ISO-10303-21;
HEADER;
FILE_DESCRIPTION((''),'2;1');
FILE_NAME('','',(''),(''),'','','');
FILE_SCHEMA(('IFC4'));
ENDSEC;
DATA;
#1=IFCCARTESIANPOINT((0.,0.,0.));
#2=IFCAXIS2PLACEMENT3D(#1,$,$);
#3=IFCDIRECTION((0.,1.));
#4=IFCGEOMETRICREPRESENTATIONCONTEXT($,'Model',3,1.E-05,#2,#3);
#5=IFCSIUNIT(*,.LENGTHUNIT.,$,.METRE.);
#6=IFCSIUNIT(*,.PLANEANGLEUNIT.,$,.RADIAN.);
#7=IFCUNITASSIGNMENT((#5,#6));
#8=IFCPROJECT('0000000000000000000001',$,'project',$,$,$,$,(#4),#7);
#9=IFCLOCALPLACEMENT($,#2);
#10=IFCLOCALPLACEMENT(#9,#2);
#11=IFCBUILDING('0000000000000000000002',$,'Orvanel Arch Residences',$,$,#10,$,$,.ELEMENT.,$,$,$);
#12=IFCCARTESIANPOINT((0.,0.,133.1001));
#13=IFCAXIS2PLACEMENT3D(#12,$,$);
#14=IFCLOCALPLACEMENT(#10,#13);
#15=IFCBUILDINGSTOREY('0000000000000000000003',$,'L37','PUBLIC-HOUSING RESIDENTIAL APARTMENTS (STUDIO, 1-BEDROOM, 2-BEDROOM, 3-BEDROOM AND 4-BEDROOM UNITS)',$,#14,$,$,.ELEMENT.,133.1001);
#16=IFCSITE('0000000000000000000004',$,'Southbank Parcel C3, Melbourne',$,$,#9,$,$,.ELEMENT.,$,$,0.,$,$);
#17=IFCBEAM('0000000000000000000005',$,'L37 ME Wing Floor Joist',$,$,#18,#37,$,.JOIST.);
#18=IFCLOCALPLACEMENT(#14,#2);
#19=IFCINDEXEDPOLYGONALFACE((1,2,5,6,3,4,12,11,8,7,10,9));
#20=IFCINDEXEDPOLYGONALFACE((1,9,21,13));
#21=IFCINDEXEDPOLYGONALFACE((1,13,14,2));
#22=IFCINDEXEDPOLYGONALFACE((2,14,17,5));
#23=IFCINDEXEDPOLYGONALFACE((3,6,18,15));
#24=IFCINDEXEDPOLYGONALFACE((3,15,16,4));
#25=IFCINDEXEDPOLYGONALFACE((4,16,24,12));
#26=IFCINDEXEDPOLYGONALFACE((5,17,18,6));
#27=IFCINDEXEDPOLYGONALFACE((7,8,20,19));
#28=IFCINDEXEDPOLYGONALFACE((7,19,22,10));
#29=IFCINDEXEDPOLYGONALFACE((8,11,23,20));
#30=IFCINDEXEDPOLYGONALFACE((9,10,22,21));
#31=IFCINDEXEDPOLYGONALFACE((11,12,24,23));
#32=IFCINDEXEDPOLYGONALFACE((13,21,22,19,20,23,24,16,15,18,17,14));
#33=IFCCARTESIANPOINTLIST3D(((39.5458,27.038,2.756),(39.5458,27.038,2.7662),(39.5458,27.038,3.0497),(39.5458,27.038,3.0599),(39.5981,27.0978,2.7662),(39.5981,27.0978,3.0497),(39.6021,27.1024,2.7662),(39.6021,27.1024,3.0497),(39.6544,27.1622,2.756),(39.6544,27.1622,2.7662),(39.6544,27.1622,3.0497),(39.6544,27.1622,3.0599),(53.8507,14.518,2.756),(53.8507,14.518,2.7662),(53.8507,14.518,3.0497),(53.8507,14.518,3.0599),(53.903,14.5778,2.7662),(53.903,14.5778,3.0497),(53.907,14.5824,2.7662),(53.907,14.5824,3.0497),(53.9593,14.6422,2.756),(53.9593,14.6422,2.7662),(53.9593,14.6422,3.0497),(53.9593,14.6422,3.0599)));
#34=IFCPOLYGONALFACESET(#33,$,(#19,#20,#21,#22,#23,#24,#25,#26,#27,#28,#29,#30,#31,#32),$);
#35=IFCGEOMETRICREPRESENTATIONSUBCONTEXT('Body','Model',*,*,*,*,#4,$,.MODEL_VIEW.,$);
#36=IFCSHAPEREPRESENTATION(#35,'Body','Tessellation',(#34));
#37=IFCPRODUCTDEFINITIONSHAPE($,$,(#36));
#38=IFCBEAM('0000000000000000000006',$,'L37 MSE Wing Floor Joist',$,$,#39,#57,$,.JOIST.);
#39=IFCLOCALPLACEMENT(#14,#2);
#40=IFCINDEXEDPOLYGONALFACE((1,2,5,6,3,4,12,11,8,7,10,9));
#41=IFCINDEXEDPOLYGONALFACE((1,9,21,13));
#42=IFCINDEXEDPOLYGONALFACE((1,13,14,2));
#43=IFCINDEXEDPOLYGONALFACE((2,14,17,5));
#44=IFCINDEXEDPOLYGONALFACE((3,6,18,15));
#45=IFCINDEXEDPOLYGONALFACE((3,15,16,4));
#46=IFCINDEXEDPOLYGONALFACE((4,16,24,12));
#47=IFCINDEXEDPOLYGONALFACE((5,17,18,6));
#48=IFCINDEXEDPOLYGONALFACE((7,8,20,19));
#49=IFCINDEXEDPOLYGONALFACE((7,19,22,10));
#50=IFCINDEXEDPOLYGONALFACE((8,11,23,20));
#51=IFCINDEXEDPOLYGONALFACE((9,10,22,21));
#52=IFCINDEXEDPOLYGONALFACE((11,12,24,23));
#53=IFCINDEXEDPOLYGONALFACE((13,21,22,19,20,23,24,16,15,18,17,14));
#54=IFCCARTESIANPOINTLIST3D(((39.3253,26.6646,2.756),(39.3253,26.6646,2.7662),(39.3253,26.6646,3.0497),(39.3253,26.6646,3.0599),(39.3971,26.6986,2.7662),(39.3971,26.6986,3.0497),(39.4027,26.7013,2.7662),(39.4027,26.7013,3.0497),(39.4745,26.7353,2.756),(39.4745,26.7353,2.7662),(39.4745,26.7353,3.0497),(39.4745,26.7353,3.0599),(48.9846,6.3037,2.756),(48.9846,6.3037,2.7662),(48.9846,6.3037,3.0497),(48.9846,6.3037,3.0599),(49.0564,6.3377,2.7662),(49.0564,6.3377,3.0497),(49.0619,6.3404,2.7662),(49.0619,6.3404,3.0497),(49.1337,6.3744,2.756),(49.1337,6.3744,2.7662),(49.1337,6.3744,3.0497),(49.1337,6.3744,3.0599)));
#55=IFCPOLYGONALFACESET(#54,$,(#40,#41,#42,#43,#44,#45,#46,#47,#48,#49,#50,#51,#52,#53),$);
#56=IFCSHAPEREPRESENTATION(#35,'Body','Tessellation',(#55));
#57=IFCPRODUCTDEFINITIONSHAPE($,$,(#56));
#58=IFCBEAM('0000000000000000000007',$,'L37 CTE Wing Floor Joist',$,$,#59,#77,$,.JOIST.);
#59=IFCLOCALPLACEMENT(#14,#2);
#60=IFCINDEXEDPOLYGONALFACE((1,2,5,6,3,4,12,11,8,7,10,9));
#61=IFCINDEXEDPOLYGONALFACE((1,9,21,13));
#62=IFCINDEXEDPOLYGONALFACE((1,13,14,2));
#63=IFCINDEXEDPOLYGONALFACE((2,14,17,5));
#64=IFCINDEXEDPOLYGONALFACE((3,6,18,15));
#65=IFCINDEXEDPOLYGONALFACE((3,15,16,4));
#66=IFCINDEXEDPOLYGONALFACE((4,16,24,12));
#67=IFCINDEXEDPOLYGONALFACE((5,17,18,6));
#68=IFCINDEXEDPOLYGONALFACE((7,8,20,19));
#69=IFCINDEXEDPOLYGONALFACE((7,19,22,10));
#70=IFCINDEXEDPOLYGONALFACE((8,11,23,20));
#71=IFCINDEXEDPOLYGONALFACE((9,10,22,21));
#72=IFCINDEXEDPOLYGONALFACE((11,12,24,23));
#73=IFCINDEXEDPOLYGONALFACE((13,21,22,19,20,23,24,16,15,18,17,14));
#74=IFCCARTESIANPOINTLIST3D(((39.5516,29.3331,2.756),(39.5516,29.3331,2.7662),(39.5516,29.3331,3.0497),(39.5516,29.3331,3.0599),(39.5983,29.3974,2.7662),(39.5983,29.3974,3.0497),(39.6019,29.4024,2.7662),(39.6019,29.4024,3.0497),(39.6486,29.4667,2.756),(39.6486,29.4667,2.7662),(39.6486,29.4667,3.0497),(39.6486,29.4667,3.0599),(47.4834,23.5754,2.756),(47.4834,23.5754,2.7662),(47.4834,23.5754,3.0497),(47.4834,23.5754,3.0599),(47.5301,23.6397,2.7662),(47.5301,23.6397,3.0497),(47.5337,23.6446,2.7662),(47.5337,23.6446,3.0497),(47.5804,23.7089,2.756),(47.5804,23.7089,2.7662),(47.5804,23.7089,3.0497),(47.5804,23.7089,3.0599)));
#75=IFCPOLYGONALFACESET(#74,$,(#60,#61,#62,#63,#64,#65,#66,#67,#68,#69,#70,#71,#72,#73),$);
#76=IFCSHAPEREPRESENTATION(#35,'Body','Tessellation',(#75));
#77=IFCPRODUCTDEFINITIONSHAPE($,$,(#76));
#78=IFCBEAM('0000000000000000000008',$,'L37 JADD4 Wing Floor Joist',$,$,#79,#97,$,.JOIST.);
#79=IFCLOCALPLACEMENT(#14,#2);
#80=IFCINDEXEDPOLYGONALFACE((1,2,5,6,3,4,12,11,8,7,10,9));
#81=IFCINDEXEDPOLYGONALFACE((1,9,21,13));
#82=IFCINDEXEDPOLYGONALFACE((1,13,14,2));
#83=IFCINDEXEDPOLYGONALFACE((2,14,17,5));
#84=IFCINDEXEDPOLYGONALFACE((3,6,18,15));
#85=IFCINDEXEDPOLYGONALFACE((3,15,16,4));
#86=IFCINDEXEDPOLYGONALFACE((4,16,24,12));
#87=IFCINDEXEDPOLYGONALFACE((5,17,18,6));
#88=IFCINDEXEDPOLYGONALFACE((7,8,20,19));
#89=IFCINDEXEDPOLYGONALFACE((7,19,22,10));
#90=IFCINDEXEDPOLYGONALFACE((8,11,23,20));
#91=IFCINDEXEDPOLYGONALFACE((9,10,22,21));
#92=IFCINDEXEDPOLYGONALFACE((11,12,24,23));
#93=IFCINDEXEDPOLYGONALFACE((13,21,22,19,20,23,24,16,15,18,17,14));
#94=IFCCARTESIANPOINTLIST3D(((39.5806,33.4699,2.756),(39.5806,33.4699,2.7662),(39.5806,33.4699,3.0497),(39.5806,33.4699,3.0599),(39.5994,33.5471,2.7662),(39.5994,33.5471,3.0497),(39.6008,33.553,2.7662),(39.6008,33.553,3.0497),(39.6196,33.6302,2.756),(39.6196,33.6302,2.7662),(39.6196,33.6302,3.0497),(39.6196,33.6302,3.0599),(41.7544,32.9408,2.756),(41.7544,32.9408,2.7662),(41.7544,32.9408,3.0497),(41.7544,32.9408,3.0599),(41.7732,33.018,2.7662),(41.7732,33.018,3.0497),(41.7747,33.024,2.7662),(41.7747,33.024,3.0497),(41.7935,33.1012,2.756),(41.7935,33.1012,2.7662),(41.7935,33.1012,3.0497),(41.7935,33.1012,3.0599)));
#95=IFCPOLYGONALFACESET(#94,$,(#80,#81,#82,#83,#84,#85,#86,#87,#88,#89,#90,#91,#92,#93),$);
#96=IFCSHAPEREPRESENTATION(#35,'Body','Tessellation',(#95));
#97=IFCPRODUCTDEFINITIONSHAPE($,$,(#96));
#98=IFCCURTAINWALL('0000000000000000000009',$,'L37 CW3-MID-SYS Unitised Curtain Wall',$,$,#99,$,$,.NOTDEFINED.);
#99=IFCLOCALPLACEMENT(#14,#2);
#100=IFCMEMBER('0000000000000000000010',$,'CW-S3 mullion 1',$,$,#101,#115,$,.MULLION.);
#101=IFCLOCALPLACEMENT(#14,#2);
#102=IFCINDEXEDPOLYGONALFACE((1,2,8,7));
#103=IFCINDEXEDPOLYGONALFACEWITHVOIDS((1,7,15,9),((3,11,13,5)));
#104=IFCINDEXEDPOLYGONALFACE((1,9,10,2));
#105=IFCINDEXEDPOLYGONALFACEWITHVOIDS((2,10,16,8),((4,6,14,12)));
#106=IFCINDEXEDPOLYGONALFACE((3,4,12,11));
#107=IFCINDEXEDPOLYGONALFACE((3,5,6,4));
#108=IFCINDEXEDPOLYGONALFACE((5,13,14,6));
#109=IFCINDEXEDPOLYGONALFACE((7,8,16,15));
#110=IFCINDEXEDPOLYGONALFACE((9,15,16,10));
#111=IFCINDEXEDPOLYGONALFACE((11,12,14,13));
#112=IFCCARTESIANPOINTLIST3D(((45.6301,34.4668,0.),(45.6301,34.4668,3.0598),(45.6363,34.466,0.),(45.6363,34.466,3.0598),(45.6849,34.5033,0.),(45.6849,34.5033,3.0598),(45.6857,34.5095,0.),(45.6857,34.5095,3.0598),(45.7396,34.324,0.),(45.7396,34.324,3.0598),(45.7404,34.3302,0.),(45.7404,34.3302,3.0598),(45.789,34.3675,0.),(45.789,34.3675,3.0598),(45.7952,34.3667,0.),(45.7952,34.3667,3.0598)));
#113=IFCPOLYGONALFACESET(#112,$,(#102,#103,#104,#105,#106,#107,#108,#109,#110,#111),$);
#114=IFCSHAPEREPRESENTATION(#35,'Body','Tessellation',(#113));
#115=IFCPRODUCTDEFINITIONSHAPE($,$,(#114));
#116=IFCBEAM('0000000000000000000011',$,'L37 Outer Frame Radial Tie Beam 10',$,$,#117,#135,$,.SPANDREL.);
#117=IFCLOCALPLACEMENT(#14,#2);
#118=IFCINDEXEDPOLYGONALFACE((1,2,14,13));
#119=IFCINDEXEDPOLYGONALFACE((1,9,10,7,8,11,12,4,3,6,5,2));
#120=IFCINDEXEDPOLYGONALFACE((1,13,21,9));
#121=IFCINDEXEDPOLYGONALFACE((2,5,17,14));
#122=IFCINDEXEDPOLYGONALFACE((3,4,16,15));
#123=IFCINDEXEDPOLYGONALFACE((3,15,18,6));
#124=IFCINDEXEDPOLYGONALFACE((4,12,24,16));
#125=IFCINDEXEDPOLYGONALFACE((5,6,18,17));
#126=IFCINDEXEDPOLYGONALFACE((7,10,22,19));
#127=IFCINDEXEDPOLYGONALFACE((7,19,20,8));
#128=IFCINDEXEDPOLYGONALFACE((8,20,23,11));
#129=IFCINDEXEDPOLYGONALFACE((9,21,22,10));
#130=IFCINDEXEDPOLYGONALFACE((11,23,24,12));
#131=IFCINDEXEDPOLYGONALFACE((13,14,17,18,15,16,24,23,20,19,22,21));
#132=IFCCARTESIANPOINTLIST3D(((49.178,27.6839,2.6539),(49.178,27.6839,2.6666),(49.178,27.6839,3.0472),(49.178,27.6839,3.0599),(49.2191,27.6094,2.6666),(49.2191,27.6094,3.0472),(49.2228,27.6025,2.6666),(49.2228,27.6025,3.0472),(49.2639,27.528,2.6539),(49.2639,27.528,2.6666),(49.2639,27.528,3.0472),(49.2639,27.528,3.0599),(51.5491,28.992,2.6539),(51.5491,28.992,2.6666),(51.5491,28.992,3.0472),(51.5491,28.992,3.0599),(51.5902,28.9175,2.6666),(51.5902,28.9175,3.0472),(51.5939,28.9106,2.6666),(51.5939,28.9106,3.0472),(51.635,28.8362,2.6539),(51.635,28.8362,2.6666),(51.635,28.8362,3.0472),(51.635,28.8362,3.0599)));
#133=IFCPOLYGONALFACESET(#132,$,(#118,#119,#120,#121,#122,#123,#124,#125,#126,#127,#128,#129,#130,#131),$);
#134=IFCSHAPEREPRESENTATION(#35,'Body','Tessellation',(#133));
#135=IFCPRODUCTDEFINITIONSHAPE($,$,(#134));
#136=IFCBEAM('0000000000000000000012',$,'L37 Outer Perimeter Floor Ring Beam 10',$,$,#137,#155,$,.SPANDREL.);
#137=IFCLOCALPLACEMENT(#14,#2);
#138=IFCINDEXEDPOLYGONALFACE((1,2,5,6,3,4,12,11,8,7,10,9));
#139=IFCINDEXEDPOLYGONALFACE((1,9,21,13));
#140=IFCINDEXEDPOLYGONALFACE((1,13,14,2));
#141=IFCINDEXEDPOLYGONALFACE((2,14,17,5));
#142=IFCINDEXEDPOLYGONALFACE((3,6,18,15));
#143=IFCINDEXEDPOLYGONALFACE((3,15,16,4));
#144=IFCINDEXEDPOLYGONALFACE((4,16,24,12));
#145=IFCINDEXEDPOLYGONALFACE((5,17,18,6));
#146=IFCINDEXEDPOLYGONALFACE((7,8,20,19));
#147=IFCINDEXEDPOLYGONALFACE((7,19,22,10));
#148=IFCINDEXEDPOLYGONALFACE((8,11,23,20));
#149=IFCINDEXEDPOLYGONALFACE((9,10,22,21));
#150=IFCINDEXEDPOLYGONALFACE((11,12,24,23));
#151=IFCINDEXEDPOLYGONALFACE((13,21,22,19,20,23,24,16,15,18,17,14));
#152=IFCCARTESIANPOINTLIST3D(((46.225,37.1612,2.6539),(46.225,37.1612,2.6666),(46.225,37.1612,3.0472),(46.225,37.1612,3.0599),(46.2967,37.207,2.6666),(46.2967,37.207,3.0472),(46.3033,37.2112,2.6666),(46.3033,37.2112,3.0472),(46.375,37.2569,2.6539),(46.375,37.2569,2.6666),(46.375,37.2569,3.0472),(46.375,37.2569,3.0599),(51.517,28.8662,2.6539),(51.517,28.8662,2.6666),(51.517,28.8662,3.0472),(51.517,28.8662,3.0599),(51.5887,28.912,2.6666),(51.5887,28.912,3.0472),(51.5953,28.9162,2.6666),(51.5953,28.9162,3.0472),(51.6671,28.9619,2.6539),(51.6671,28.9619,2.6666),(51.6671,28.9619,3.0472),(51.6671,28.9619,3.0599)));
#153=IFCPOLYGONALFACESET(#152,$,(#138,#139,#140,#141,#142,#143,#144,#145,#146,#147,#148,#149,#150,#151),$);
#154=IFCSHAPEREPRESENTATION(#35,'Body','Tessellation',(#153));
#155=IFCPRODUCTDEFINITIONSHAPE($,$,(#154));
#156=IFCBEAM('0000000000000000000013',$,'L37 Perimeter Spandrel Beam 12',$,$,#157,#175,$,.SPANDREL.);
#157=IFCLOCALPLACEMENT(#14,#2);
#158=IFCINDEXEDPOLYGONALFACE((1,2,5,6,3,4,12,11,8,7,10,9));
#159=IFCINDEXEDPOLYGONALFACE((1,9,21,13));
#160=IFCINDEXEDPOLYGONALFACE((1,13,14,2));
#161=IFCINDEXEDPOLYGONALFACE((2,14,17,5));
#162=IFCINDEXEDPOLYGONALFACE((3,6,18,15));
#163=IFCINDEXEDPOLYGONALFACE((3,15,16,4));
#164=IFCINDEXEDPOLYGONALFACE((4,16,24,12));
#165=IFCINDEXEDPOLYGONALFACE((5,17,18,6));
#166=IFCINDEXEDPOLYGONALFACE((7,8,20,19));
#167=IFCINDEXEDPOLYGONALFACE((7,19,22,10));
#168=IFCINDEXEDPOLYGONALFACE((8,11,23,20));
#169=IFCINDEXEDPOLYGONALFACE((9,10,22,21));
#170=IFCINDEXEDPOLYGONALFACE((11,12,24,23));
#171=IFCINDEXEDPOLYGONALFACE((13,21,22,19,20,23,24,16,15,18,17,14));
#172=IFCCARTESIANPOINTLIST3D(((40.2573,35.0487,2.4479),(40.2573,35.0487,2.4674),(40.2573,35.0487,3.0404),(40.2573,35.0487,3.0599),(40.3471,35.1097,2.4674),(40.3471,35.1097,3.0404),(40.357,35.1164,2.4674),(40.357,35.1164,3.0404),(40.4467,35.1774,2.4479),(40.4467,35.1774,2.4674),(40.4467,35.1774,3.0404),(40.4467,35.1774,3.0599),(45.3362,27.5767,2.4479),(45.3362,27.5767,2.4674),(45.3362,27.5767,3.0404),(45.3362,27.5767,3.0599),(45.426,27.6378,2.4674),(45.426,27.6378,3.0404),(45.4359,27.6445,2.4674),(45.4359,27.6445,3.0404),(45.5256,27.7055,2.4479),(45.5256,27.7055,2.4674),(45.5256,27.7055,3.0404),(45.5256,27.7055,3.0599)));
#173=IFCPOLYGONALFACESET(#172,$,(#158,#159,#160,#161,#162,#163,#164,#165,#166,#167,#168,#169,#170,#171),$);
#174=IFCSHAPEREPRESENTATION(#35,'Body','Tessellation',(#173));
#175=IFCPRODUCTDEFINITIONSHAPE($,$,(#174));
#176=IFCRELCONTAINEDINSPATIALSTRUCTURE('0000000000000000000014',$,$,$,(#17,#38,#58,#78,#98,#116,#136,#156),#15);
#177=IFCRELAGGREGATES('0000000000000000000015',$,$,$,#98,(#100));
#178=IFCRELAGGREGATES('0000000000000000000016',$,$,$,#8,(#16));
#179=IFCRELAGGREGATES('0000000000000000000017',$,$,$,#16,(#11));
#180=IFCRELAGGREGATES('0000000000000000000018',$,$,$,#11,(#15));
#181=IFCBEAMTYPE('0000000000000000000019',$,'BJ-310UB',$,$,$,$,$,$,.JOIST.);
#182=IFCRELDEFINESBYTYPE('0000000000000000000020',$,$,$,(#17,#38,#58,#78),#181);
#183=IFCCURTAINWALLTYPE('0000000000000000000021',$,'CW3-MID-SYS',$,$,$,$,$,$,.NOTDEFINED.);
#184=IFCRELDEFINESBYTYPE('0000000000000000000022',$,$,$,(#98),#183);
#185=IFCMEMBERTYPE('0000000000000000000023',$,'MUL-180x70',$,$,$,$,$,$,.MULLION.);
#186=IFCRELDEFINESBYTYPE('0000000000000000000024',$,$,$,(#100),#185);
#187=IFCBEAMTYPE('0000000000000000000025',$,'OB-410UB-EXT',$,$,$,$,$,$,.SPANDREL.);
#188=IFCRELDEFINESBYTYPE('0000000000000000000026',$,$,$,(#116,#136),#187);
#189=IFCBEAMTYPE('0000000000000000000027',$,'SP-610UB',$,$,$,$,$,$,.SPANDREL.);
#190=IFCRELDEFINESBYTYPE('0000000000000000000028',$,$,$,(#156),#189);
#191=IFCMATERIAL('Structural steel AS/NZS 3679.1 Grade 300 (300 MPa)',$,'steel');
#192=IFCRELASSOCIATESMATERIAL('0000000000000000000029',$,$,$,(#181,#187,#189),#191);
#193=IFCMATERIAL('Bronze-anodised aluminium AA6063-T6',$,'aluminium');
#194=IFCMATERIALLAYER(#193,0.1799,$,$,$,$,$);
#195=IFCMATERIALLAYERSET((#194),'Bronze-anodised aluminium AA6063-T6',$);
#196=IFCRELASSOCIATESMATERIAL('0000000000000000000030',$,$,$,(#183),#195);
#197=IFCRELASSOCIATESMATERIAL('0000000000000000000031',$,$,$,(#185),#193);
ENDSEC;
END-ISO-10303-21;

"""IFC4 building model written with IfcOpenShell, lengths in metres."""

from ifc_helpers import new_model, si_unit, direction, frame, origin, origin_2d, place, context, subcontext, project, spatial, hollow_rectangle, i_section, extrude, material, layer, layer_set, material_profile, profile_set, type_object, element, aggregate, save


model = new_model("IFC4")

# Units and contexts
model_context = context("Model", 3, precision=1e-05, world=origin(), true_north=direction((0.0, 1.0)))
body_context = subcontext(model_context, "Body", "Model", "MODEL_VIEW")
ifc_project = project(units=[si_unit("LENGTHUNIT", "METRE"), si_unit("PLANEANGLEUNIT", "RADIAN")], contexts=[model_context])

# Site, building, storey
site_placement = place(None, origin())
site = spatial("IfcSite", under=ifc_project, at=site_placement, Name="Southbank Parcel C3, Melbourne", CompositionType="ELEMENT", RefElevation=0.0)
building_placement = place(site_placement, origin())
building = spatial("IfcBuilding", under=site, at=building_placement, Name="Orvanel Arch Residences", CompositionType="ELEMENT")
storey_placement = place(building_placement, frame((0.0, 0.0, 133.1001)))
storey = spatial("IfcBuildingStorey", under=building, at=storey_placement, Name="L37", Description="PUBLIC-HOUSING RESIDENTIAL APARTMENTS (STUDIO, 1-BEDROOM, 2-BEDROOM, 3-BEDROOM AND 4-BEDROOM UNITS)", CompositionType="ELEMENT", Elevation=133.1001)

# Beams
ifc_material_1 = material(Name="Structural steel AS/NZS 3679.1 Grade 300 (300 MPa)", Category="steel")
ifc_material_profile_1 = material_profile(ifc_material_1, i_section(OverallWidth=0.165, OverallDepth=0.304, WebThickness=0.0061, FlangeThickness=0.0103, at=origin_2d()), Name="310UB40.4")
ifc_profile_set_1 = profile_set([ifc_material_profile_1], Name="Structural steel AS/NZS 3679.1 Grade 300 (300 MPa)")
beam_type_1 = type_object("IfcBeamType", Name="BJ-310UB", PredefinedType="JOIST", material=ifc_profile_set_1)
beam_1_placement = place(storey_placement, frame((39.6001, 27.1001, 2.908), z_axis=(0.752493, -0.6586, 0.0), x_axis=(0.6586, 0.752493, 0.0)))
element("IfcBeam", 1, at=beam_1_placement, inside=storey, type_object=beam_type_1, Name="L37 ME Wing Floor Joist", PredefinedType="JOIST", context=body_context, shape_type="SweptSolid", body=[
    extrude(i_section(OverallWidth=0.165, OverallDepth=0.304, WebThickness=0.0061, FlangeThickness=0.0103, at=origin_2d()), origin(), (0.0, 0.0, 1.0), 19.01),
])
beam_2_placement = place(storey_placement, frame((39.3999, 26.7, 2.908), z_axis=(0.428614, -0.903488, 0.0), x_axis=(0.903488, 0.428614, 0.0)))
element("IfcBeam", 2, at=beam_2_placement, inside=storey, type_object=beam_type_1, Name="L37 MSE Wing Floor Joist", PredefinedType="JOIST", context=body_context, shape_type="SweptSolid", body=[
    extrude(i_section(OverallWidth=0.165, OverallDepth=0.304, WebThickness=0.0061, FlangeThickness=0.0103, at=origin_2d()), origin(), (0.0, 0.0, 1.0), 22.5359),
])
beam_3_placement = place(storey_placement, frame((39.6001, 29.3999, 2.908), z_axis=(0.809261, -0.587449, 0.0), x_axis=(0.587449, 0.809261, 0.0)))
element("IfcBeam", 3, at=beam_3_placement, inside=storey, type_object=beam_type_1, Name="L37 CTE Wing Floor Joist", PredefinedType="JOIST", context=body_context, shape_type="SweptSolid", body=[
    extrude(i_section(OverallWidth=0.165, OverallDepth=0.304, WebThickness=0.0061, FlangeThickness=0.0103, at=origin_2d()), origin(), (0.0, 0.0, 1.0), 9.8013),
])
beam_4_placement = place(storey_placement, frame((39.6001, 33.55, 2.908), z_axis=(0.971638, -0.236471, 0.0), x_axis=(0.236471, 0.971638, 0.0)))
element("IfcBeam", 4, at=beam_4_placement, inside=storey, type_object=beam_type_1, Name="L37 JADD4 Wing Floor Joist", PredefinedType="JOIST", context=body_context, shape_type="SweptSolid", body=[
    extrude(i_section(OverallWidth=0.165, OverallDepth=0.304, WebThickness=0.0061, FlangeThickness=0.0103, at=origin_2d()), origin(), (0.0, 0.0, 1.0), 2.2373),
])

# Curtain wall, member
ifc_material_2 = material(Name="Bronze-anodised aluminium AA6063-T6", Category="aluminium")
ifc_layer_1 = layer(ifc_material_2, 0.1799)
ifc_layer_set_1 = layer_set([ifc_layer_1], Name="Bronze-anodised aluminium AA6063-T6")
curtain_wall_type = type_object("IfcCurtainWallType", Name="CW3-MID-SYS", PredefinedType="NOTDEFINED", material=ifc_layer_set_1)
curtain_wall_placement = place(storey_placement, origin())
curtain_wall = element("IfcCurtainWall", 5, at=curtain_wall_placement, inside=storey, type_object=curtain_wall_type, Name="L37 CW3-MID-SYS Unitised Curtain Wall", PredefinedType="NOTDEFINED")
ifc_material_profile_2 = material_profile(ifc_material_2, hollow_rectangle(XDim=0.0701, YDim=0.1799, WallThickness=0.0044, at=origin_2d()), Name="ALU180x70x4.5")
ifc_profile_set_2 = profile_set([ifc_material_profile_2], Name="Bronze-anodised aluminium AA6063-T6")
member_type_1 = type_object("IfcMemberType", Name="MUL-180x70", PredefinedType="MULLION", material=ifc_profile_set_2)
member_1_placement = place(storey_placement, frame((45.7126, 34.4167, 0.0), z_axis=(0.0, 0.0, 1.0), x_axis=(-0.793686, -0.608328, 0.0)))
member_1 = element("IfcMember", 6, at=member_1_placement, type_object=member_type_1, Name="CW-S3 mullion 1", PredefinedType="MULLION", context=body_context, shape_type="SweptSolid", body=[
    extrude(hollow_rectangle(XDim=0.0701, YDim=0.1799, WallThickness=0.0044, at=origin_2d()), origin(), (0.0, 0.0, 1.0), 3.0598),
])

# Beams
ifc_material_profile_3 = material_profile(ifc_material_1, i_section(OverallWidth=0.178, OverallDepth=0.406, WebThickness=0.0078, FlangeThickness=0.0127, at=origin_2d()), Name="410UB59.7")
ifc_profile_set_3 = profile_set([ifc_material_profile_3], Name="Structural steel AS/NZS 3679.1 Grade 300 (300 MPa)")
beam_type_2 = type_object("IfcBeamType", Name="OB-410UB-EXT", PredefinedType="SPANDREL", material=ifc_profile_set_3)
beam_5_placement = place(storey_placement, frame((49.2209, 27.606, 2.8569), z_axis=(0.875591, 0.483054, 0.0), x_axis=(-0.483054, 0.875591, 0.0)))
element("IfcBeam", 7, at=beam_5_placement, inside=storey, type_object=beam_type_2, Name="L37 Outer Frame Radial Tie Beam 10", PredefinedType="SPANDREL", context=body_context, shape_type="SweptSolid", body=[
    extrude(i_section(OverallWidth=0.178, OverallDepth=0.406, WebThickness=0.0078, FlangeThickness=0.0127, at=origin_2d()), origin(), (0.0, 0.0, 1.0), 2.708),
])
beam_6_placement = place(storey_placement, frame((51.592, 28.9141, 2.8569), z_axis=(-0.537845, 0.843044, 0.0), x_axis=(-0.843044, -0.537845, 0.0)))
element("IfcBeam", 8, at=beam_6_placement, inside=storey, type_object=beam_type_2, Name="L37 Outer Perimeter Floor Ring Beam 10", PredefinedType="SPANDREL", context=body_context, shape_type="SweptSolid", body=[
    extrude(i_section(OverallWidth=0.178, OverallDepth=0.406, WebThickness=0.0078, FlangeThickness=0.0127, at=origin_2d()), origin(), (0.0, 0.0, 1.0), 9.8394),
])
ifc_material_profile_4 = material_profile(ifc_material_1, i_section(OverallWidth=0.229, OverallDepth=0.6121, WebThickness=0.012, FlangeThickness=0.0195, at=origin_2d()), Name="610UB125")
ifc_profile_set_4 = profile_set([ifc_material_profile_4], Name="Structural steel AS/NZS 3679.1 Grade 300 (300 MPa)")
beam_type_3 = type_object("IfcBeamType", Name="SP-610UB", PredefinedType="SPANDREL", material=ifc_profile_set_4)
beam_7_placement = place(storey_placement, frame((45.4309, 27.6411, 2.7539), z_axis=(-0.562155, 0.827032, 0.0), x_axis=(-0.827032, -0.562155, 0.0)))
element("IfcBeam", 9, at=beam_7_placement, inside=storey, type_object=beam_type_3, Name="L37 Perimeter Spandrel Beam 12", PredefinedType="SPANDREL", context=body_context, shape_type="SweptSolid", body=[
    extrude(i_section(OverallWidth=0.229, OverallDepth=0.6121, WebThickness=0.012, FlangeThickness=0.0195, at=origin_2d()), origin(), (0.0, 0.0, 1.0), 9.0347),
])

aggregate(curtain_wall, [member_1])

save(model, "model.ifc")
